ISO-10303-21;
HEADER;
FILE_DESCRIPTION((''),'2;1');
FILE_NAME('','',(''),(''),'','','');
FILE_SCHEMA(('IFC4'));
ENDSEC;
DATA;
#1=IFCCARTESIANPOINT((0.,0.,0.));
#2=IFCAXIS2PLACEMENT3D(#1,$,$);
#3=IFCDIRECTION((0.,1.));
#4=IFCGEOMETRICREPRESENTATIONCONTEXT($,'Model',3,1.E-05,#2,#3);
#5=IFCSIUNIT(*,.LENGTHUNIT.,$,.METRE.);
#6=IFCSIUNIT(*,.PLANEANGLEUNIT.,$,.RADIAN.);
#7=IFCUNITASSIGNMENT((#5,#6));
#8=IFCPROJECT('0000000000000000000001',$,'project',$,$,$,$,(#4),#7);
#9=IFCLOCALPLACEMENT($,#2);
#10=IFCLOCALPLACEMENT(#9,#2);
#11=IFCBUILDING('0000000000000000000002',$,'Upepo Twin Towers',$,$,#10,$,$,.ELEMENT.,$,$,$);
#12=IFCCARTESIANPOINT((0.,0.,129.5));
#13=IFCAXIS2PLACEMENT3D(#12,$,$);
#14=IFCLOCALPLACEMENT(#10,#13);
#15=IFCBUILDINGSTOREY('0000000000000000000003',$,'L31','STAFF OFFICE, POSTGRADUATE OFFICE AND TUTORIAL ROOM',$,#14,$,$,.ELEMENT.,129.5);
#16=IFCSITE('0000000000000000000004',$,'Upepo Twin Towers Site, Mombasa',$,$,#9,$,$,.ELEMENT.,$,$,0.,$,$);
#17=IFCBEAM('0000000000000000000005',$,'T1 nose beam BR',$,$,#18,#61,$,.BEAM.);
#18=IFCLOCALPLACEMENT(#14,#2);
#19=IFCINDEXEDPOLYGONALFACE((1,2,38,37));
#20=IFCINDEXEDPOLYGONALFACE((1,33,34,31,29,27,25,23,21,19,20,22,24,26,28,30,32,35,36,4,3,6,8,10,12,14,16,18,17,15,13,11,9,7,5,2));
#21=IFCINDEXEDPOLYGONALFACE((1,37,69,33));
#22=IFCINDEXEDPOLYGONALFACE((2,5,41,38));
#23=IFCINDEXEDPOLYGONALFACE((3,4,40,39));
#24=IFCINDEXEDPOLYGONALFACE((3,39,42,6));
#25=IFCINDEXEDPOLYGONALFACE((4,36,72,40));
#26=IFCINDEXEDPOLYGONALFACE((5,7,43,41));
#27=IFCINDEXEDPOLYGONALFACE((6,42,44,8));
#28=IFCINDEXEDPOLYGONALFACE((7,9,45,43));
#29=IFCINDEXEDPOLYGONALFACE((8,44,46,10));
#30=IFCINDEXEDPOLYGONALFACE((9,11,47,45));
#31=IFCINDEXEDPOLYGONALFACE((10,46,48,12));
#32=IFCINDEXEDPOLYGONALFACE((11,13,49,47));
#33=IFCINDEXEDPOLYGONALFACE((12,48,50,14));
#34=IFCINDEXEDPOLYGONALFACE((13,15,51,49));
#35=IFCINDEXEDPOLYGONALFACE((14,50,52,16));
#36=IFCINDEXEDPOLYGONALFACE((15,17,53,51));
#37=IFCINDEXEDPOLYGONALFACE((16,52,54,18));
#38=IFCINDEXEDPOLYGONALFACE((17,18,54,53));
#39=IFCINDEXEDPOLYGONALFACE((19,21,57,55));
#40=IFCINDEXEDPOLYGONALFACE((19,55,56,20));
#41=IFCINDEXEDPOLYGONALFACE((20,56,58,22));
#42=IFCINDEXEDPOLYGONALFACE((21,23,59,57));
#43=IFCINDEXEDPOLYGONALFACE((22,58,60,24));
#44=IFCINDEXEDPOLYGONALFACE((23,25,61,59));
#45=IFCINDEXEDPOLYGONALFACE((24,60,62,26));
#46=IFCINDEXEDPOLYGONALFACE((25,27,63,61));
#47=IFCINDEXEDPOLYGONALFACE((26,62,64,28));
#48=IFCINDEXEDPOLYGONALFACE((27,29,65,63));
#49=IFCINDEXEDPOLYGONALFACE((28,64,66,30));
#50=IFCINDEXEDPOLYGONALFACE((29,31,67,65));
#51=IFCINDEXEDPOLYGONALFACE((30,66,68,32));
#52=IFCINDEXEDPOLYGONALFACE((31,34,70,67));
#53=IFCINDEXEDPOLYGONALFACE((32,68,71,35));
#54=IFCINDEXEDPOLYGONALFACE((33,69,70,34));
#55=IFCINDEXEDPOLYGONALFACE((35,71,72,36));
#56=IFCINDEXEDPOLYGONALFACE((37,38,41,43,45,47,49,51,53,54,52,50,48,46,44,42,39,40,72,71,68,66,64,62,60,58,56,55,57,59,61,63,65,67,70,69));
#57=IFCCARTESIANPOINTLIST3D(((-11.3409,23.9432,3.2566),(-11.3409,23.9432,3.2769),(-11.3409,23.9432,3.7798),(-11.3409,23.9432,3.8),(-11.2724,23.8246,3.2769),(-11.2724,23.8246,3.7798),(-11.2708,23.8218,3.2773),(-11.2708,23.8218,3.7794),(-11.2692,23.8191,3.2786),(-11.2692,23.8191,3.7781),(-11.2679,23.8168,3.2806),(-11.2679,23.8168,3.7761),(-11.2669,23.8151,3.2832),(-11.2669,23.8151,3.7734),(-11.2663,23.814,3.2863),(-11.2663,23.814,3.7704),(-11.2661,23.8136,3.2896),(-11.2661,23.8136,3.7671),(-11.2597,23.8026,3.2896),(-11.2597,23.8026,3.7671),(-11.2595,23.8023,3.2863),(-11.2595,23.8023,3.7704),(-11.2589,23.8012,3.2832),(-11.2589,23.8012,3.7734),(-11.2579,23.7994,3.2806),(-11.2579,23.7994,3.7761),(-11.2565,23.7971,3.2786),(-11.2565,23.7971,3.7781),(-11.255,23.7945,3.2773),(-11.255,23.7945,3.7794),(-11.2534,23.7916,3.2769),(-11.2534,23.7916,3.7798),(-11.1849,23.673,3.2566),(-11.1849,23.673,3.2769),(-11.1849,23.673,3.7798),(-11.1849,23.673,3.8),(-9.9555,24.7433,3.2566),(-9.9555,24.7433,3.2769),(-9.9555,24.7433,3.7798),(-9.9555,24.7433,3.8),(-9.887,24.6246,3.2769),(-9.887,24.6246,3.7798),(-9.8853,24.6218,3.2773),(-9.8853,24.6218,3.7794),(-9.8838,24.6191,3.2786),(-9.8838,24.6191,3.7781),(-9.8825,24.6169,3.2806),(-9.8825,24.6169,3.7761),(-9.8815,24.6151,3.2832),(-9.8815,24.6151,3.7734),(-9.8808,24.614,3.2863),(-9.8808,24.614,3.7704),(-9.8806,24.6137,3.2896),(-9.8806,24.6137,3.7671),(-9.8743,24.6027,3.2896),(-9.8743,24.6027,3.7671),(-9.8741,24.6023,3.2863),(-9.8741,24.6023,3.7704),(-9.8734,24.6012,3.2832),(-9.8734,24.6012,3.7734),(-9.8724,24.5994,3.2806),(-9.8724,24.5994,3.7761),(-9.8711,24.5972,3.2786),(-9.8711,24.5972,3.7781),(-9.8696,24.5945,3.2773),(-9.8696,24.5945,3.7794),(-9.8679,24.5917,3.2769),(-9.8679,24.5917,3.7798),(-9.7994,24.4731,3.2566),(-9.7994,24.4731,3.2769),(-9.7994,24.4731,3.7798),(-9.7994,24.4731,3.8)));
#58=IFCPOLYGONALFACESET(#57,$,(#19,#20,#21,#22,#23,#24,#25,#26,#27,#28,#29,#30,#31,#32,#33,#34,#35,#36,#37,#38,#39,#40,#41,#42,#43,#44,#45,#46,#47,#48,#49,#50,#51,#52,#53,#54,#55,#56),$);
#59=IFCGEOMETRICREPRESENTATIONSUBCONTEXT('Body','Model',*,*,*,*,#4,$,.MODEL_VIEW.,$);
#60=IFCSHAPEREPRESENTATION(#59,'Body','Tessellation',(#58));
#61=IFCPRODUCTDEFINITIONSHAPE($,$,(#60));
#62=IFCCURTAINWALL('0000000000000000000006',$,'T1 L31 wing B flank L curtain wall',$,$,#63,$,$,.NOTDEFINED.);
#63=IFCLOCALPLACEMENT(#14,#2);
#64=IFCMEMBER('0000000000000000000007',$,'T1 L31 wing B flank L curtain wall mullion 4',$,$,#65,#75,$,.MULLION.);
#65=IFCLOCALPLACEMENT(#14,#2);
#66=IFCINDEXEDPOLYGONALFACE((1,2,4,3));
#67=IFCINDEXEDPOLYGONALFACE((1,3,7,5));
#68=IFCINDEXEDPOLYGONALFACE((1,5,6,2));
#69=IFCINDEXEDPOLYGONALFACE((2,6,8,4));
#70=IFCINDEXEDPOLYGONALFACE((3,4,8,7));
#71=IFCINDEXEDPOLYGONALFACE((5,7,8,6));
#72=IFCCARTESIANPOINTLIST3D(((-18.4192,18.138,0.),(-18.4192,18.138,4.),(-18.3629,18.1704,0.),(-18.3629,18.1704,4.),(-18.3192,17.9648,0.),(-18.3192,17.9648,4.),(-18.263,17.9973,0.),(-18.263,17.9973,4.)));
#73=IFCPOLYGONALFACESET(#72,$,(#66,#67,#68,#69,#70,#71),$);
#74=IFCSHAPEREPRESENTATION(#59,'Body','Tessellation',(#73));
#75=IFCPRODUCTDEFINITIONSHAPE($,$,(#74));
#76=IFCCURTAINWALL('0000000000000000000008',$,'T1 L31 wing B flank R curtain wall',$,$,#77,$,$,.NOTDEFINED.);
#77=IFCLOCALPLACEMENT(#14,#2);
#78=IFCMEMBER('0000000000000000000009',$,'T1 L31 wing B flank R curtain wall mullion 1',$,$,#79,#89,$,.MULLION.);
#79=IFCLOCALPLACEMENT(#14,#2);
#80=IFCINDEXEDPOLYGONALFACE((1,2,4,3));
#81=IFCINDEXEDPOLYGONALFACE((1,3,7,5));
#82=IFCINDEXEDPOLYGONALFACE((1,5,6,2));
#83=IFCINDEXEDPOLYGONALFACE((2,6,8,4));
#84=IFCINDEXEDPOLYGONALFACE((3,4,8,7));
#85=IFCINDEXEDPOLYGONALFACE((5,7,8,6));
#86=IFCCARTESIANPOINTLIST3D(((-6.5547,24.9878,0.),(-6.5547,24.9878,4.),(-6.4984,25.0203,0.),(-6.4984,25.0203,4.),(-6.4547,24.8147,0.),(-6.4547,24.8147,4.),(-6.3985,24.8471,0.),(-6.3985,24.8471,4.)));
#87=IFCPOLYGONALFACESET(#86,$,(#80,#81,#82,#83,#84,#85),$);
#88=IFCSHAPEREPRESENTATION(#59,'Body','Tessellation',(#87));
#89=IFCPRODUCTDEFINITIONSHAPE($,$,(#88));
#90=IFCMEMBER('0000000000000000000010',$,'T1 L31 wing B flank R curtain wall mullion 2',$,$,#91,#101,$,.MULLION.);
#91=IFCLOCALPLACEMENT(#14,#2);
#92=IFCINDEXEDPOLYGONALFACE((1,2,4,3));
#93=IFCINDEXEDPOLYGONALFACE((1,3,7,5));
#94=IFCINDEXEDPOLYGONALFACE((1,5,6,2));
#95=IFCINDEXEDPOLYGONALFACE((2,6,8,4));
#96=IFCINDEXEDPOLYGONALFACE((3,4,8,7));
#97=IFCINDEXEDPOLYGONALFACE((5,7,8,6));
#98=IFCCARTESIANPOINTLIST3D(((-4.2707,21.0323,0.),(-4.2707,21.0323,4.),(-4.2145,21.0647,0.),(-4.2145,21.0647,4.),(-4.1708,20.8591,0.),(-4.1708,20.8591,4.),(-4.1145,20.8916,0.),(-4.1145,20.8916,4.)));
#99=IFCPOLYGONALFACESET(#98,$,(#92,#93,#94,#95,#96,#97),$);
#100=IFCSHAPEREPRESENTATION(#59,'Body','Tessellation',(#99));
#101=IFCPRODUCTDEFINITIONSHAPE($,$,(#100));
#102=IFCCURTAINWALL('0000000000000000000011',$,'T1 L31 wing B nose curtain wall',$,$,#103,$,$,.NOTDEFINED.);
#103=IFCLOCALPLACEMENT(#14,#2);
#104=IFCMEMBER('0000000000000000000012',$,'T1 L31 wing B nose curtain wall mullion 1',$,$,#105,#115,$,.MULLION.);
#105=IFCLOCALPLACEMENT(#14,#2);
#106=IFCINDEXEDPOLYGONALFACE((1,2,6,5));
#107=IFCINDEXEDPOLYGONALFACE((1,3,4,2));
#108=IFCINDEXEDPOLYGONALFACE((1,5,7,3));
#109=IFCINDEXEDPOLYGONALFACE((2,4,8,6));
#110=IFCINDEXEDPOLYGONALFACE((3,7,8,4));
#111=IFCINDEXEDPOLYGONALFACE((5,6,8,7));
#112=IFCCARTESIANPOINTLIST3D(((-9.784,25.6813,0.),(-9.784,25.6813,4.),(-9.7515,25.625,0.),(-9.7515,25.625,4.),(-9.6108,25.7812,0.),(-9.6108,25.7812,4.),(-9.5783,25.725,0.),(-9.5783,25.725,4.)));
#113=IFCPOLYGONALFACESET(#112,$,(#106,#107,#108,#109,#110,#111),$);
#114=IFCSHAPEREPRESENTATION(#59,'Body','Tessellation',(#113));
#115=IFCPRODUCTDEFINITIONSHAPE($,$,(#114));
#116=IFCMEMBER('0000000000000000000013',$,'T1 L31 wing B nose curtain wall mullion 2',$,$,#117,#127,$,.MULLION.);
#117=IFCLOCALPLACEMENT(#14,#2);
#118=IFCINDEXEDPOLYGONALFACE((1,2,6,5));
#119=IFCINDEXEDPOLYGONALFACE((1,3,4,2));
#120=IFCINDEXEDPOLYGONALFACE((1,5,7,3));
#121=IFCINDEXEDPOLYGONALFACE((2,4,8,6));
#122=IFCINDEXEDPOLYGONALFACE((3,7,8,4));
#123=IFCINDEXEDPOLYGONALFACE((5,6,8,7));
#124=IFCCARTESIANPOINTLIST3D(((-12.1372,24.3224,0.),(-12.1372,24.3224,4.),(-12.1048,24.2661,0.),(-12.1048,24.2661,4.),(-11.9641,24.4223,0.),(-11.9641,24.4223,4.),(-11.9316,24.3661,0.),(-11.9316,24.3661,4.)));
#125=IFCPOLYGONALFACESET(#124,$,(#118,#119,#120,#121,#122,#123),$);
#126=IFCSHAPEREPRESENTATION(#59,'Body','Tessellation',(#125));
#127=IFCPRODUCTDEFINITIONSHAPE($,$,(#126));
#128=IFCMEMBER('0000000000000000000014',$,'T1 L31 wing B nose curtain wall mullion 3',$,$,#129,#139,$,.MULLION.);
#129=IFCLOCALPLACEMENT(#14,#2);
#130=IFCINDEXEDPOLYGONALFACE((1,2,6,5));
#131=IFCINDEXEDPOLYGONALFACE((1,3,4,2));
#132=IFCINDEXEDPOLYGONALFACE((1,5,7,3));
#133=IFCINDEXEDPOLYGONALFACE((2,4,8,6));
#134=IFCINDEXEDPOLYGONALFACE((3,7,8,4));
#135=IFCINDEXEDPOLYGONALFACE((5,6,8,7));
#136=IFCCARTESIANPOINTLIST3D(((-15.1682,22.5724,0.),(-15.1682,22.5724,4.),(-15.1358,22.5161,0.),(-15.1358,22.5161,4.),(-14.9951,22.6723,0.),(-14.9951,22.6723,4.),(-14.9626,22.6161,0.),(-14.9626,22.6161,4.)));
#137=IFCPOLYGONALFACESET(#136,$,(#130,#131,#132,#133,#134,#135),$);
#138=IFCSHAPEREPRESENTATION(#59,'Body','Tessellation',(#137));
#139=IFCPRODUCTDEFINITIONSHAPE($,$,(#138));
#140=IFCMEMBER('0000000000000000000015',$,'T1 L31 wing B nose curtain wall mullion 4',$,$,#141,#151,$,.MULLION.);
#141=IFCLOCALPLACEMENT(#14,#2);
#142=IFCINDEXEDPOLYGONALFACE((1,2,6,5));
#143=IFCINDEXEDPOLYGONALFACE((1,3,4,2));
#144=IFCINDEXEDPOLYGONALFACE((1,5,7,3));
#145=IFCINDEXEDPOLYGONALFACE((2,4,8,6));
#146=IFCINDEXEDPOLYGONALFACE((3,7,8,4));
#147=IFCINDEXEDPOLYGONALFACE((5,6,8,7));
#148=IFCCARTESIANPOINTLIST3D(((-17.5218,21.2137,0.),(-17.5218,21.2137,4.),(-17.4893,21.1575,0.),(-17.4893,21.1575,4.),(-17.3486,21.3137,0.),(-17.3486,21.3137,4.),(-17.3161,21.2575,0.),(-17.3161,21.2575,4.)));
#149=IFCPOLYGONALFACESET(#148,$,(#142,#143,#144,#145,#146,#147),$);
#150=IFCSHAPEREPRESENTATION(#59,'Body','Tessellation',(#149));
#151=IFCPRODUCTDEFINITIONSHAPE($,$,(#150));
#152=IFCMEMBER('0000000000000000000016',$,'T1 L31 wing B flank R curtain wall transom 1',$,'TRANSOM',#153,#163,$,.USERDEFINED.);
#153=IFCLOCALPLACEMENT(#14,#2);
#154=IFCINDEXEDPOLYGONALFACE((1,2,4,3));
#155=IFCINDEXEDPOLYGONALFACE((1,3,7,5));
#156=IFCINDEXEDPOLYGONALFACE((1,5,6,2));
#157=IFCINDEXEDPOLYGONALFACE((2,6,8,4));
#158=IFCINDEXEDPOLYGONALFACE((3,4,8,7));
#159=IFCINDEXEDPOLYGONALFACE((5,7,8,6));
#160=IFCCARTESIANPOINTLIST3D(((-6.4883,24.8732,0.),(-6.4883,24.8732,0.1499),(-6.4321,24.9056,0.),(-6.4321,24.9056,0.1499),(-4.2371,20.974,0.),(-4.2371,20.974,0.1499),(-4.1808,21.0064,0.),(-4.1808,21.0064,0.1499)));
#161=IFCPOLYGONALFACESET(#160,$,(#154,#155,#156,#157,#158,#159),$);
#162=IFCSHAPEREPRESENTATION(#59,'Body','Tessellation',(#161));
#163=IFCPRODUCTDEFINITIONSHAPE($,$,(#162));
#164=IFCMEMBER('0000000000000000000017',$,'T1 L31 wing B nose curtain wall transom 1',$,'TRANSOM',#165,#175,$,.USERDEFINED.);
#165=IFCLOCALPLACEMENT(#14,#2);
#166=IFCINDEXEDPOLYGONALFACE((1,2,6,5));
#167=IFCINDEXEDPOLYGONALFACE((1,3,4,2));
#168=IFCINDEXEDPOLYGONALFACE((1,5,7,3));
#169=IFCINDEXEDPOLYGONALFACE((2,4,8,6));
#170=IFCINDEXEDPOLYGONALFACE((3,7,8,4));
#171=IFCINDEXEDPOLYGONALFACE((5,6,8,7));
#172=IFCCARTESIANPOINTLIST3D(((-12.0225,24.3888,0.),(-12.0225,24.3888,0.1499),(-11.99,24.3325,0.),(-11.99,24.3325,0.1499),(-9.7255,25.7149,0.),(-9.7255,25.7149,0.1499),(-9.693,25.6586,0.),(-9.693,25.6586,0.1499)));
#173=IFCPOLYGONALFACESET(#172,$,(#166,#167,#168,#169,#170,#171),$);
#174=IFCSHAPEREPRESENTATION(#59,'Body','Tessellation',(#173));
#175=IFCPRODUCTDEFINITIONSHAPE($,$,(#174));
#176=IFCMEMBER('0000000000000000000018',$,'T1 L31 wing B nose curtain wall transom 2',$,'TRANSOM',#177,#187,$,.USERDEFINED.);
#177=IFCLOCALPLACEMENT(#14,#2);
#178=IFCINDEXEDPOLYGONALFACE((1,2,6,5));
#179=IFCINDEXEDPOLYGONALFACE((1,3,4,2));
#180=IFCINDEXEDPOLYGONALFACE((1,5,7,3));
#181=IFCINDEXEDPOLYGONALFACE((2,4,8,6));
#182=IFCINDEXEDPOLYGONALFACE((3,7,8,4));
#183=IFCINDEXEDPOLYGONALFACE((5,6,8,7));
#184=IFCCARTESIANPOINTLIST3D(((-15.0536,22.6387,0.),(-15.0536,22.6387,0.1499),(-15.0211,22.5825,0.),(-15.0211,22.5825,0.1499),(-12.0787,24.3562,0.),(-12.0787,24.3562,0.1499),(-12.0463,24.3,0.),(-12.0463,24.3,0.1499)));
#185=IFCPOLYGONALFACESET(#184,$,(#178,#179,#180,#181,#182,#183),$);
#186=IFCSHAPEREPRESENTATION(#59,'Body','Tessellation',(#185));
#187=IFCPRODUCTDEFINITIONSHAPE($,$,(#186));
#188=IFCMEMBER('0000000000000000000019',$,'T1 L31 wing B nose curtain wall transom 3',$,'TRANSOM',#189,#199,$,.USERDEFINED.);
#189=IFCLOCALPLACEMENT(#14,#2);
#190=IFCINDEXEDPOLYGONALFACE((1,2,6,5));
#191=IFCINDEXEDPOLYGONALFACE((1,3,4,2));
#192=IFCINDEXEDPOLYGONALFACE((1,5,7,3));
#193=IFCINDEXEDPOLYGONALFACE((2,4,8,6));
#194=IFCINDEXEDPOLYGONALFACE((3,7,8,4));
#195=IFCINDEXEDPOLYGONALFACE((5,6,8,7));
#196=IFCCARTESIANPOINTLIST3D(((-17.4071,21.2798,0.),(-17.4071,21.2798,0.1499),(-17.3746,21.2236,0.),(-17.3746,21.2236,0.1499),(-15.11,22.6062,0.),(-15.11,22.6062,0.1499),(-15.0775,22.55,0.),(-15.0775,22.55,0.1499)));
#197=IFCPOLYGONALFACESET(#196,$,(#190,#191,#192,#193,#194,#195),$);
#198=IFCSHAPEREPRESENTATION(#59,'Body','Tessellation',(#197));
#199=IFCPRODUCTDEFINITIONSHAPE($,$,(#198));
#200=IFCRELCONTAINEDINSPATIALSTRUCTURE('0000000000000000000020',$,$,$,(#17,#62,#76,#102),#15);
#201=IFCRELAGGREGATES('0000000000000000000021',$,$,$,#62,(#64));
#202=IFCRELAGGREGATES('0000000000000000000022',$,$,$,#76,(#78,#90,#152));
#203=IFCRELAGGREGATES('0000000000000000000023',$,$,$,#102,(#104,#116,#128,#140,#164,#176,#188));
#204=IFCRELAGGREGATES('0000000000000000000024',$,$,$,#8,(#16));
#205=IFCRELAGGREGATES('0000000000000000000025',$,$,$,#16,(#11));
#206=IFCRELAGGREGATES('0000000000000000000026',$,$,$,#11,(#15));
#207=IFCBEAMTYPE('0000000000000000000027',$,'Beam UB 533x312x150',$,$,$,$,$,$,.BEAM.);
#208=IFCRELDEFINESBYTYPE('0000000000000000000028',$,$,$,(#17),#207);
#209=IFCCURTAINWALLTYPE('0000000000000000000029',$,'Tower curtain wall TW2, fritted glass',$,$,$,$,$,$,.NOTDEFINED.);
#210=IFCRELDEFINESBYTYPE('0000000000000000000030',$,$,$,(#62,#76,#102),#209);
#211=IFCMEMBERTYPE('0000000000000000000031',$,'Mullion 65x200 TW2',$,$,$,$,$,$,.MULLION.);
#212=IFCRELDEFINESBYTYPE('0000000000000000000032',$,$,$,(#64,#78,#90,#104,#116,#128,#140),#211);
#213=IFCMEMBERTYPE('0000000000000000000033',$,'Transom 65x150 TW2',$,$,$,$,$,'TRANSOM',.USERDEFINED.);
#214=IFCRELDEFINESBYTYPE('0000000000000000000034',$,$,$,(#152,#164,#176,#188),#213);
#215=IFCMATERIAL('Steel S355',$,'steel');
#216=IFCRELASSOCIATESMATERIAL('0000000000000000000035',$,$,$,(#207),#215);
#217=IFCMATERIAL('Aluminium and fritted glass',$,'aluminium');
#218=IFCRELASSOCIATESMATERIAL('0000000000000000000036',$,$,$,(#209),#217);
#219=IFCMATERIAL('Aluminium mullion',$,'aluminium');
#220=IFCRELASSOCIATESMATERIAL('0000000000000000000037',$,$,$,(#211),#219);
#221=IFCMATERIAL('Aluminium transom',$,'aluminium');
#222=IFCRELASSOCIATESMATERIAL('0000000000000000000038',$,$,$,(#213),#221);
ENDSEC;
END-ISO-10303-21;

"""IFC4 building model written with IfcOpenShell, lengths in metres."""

from ifc_helpers import new_model, si_unit, direction, frame, origin, origin_2d, place, context, subcontext, project, spatial, rectangle, i_section, extrude, material, material_profile, profile_set, type_object, element, aggregate, save


model = new_model("IFC4")

# Units and contexts
model_context = context("Model", 3, precision=1e-05, world=origin(), true_north=direction((0.0, 1.0)))
body_context = subcontext(model_context, "Body", "Model", "MODEL_VIEW")
ifc_project = project(units=[si_unit("LENGTHUNIT", "METRE"), si_unit("PLANEANGLEUNIT", "RADIAN")], contexts=[model_context])

# Site, building, storey
site_placement = place(None, origin())
site = spatial("IfcSite", under=ifc_project, at=site_placement, Name="Upepo Twin Towers Site, Mombasa", CompositionType="ELEMENT", RefElevation=0.0)
building_placement = place(site_placement, origin())
building = spatial("IfcBuilding", under=site, at=building_placement, Name="Upepo Twin Towers", CompositionType="ELEMENT")
storey_placement = place(building_placement, frame((0.0, 0.0, 129.5)))
storey = spatial("IfcBuildingStorey", under=building, at=storey_placement, Name="L31", Description="STAFF OFFICE, POSTGRADUATE OFFICE AND TUTORIAL ROOM", CompositionType="ELEMENT", Elevation=129.5)

# Beam
ifc_material_1 = material(Name="Steel S355", Category="steel")
ifc_material_profile_1 = material_profile(ifc_material_1, i_section(OverallWidth=0.312, OverallDepth=0.5435, WebThickness=0.0127, FlangeThickness=0.0203, FilletRadius=0.0127, at=origin_2d()), Name="UB 533x312x150")
ifc_profile_set_1 = profile_set([ifc_material_profile_1], Name="Steel S355")
beam_type_1 = type_object("IfcBeamType", Name="Beam UB 533x312x150", PredefinedType="BEAM", material=ifc_profile_set_1)
for number, where, z_axis, x_axis, name in (
    (1, (-9.8774, 24.6082, 3.5283), (-0.86599, -0.500061, 0.0), (0.500061, -0.86599, 0.0), "T1 nose beam BR"),
):
    element("IfcBeam", number, at=place(storey_placement, frame(where, z_axis=z_axis, x_axis=x_axis)), inside=storey, type_object=beam_type_1, Name=name, PredefinedType="BEAM", context=body_context, shape_type="SweptSolid", body=[
        extrude(i_section(OverallWidth=0.312, OverallDepth=0.5435, WebThickness=0.0127, FlangeThickness=0.0203, FilletRadius=0.0127, at=origin_2d()), origin(), (0.0, 0.0, 1.0), 1.5999),
    ])

# Curtain wall, member
ifc_material_2 = material(Name="Aluminium and fritted glass", Category="aluminium")
curtain_wall_type = type_object("IfcCurtainWallType", Name="Tower curtain wall TW2, fritted glass", PredefinedType="NOTDEFINED", material=ifc_material_2)
curtain_wall_1_placement = place(storey_placement, origin())
curtain_wall_1 = element("IfcCurtainWall", 2, at=curtain_wall_1_placement, inside=storey, type_object=curtain_wall_type, Name="T1 L31 wing B flank L curtain wall", PredefinedType="NOTDEFINED")
ifc_material_3 = material(Name="Aluminium mullion", Category="aluminium")
ifc_material_profile_2 = material_profile(ifc_material_3, rectangle(XDim=0.0649, YDim=0.2, at=origin_2d()), Name="MULLION 65x200")
ifc_profile_set_2 = profile_set([ifc_material_profile_2], Name="Aluminium mullion")
member_type_1 = type_object("IfcMemberType", Name="Mullion 65x200 TW2", PredefinedType="MULLION", material=ifc_profile_set_2)
member_1_placement = place(storey_placement, frame((-18.3411, 18.0676, 0.0), z_axis=(0.0, 0.0, 1.0), x_axis=(-0.866025, -0.5, 0.0)))
member_1 = element("IfcMember", 3, at=member_1_placement, type_object=member_type_1, Name="T1 L31 wing B flank L curtain wall mullion 4", PredefinedType="MULLION", context=body_context, shape_type="SweptSolid", body=[
    extrude(rectangle(XDim=0.0649, YDim=0.2, at=origin_2d()), origin(), (0.0, 0.0, 1.0), 4.0),
])
aggregate(curtain_wall_1, [member_1])

# Curtain walls, members
curtain_wall_2_placement = place(storey_placement, origin())
curtain_wall_2 = element("IfcCurtainWall", 4, at=curtain_wall_2_placement, inside=storey, type_object=curtain_wall_type, Name="T1 L31 wing B flank R curtain wall", PredefinedType="NOTDEFINED")
member_2_placement = place(storey_placement, frame((-6.4766, 24.9175, 0.0), z_axis=(0.0, 0.0, 1.0), x_axis=(0.866025, 0.5, 0.0)))
member_2 = element("IfcMember", 5, at=member_2_placement, type_object=member_type_1, Name="T1 L31 wing B flank R curtain wall mullion 1", PredefinedType="MULLION", context=body_context, shape_type="SweptSolid", body=[
    extrude(rectangle(XDim=0.0649, YDim=0.2, at=origin_2d()), origin(), (0.0, 0.0, 1.0), 4.0),
])
member_3_placement = place(storey_placement, frame((-4.1926, 20.9619, 0.0), z_axis=(0.0, 0.0, 1.0), x_axis=(0.866025, 0.5, 0.0)))
member_3 = element("IfcMember", 6, at=member_3_placement, type_object=member_type_1, Name="T1 L31 wing B flank R curtain wall mullion 2", PredefinedType="MULLION", context=body_context, shape_type="SweptSolid", body=[
    extrude(rectangle(XDim=0.0649, YDim=0.2, at=origin_2d()), origin(), (0.0, 0.0, 1.0), 4.0),
])
curtain_wall_3_placement = place(storey_placement, origin())
curtain_wall_3 = element("IfcCurtainWall", 7, at=curtain_wall_3_placement, inside=storey, type_object=curtain_wall_type, Name="T1 L31 wing B nose curtain wall", PredefinedType="NOTDEFINED")
member_4_placement = place(storey_placement, frame((-9.6812, 25.7031, 0.0), z_axis=(0.0, 0.0, 1.0), x_axis=(0.5, -0.866025, 0.0)))
member_4 = element("IfcMember", 8, at=member_4_placement, type_object=member_type_1, Name="T1 L31 wing B nose curtain wall mullion 1", PredefinedType="MULLION", context=body_context, shape_type="SweptSolid", body=[
    extrude(rectangle(XDim=0.0649, YDim=0.2, at=origin_2d()), origin(), (0.0, 0.0, 1.0), 4.0),
])
member_5_placement = place(storey_placement, frame((-12.0344, 24.3442, 0.0), z_axis=(0.0, 0.0, 1.0), x_axis=(0.5, -0.866025, 0.0)))
member_5 = element("IfcMember", 9, at=member_5_placement, type_object=member_type_1, Name="T1 L31 wing B nose curtain wall mullion 2", PredefinedType="MULLION", context=body_context, shape_type="SweptSolid", body=[
    extrude(rectangle(XDim=0.0649, YDim=0.2, at=origin_2d()), origin(), (0.0, 0.0, 1.0), 4.0),
])
member_6_placement = place(storey_placement, frame((-15.0654, 22.5942, 0.0), z_axis=(0.0, 0.0, 1.0), x_axis=(0.5, -0.866025, 0.0)))
member_6 = element("IfcMember", 10, at=member_6_placement, type_object=member_type_1, Name="T1 L31 wing B nose curtain wall mullion 3", PredefinedType="MULLION", context=body_context, shape_type="SweptSolid", body=[
    extrude(rectangle(XDim=0.0649, YDim=0.2, at=origin_2d()), origin(), (0.0, 0.0, 1.0), 4.0),
])
member_7_placement = place(storey_placement, frame((-17.4189, 21.2356, 0.0), z_axis=(0.0, 0.0, 1.0), x_axis=(0.5, -0.866025, 0.0)))
member_7 = element("IfcMember", 11, at=member_7_placement, type_object=member_type_1, Name="T1 L31 wing B nose curtain wall mullion 4", PredefinedType="MULLION", context=body_context, shape_type="SweptSolid", body=[
    extrude(rectangle(XDim=0.0649, YDim=0.2, at=origin_2d()), origin(), (0.0, 0.0, 1.0), 4.0),
])

# Members
ifc_material_4 = material(Name="Aluminium transom", Category="aluminium")
ifc_material_profile_3 = material_profile(ifc_material_4, rectangle(XDim=0.0649, YDim=0.1499, at=origin_2d()), Name="TRANSOM 65x150")
ifc_profile_set_3 = profile_set([ifc_material_profile_3], Name="Aluminium transom")
member_type_2 = type_object("IfcMemberType", Name="Transom 65x150 TW2", ElementType="TRANSOM", PredefinedType="USERDEFINED", material=ifc_profile_set_3)
member_8_placement = place(storey_placement, frame((-6.4602, 24.8894, 0.075), z_axis=(0.500006, -0.866022, 0.0), x_axis=(0.866022, 0.500006, 0.0)))
member_8 = element("IfcMember", 12, at=member_8_placement, type_object=member_type_2, Name="T1 L31 wing B flank R curtain wall transom 1", ObjectType="TRANSOM", PredefinedType="USERDEFINED", context=body_context, shape_type="SweptSolid", body=[
    extrude(rectangle(XDim=0.0649, YDim=0.1499, at=origin_2d()), origin(), (0.0, 0.0, 1.0), 4.5024),
])
member_9_placement = place(storey_placement, frame((-9.7092, 25.6868, 0.075), z_axis=(-0.866037, -0.49998, 0.0), x_axis=(0.49998, -0.866037, 0.0)))
member_9 = element("IfcMember", 13, at=member_9_placement, type_object=member_type_2, Name="T1 L31 wing B nose curtain wall transom 1", ObjectType="TRANSOM", PredefinedType="USERDEFINED", context=body_context, shape_type="SweptSolid", body=[
    extrude(rectangle(XDim=0.0649, YDim=0.1499, at=origin_2d()), origin(), (0.0, 0.0, 1.0), 2.6523),
])
member_10_placement = place(storey_placement, frame((-12.0625, 24.3281, 0.075), z_axis=(-0.866026, -0.499999, 0.0), x_axis=(0.499999, -0.866026, 0.0)))
member_10 = element("IfcMember", 14, at=member_10_placement, type_object=member_type_2, Name="T1 L31 wing B nose curtain wall transom 2", ObjectType="TRANSOM", PredefinedType="USERDEFINED", context=body_context, shape_type="SweptSolid", body=[
    extrude(rectangle(XDim=0.0649, YDim=0.1499, at=origin_2d()), origin(), (0.0, 0.0, 1.0), 3.4351),
])
member_11_placement = place(storey_placement, frame((-15.0938, 22.5781, 0.075), z_axis=(-0.865997, -0.500049, 0.0), x_axis=(0.500049, -0.865997, 0.0)))
member_11 = element("IfcMember", 15, at=member_11_placement, type_object=member_type_2, Name="T1 L31 wing B nose curtain wall transom 3", ObjectType="TRANSOM", PredefinedType="USERDEFINED", context=body_context, shape_type="SweptSolid", body=[
    extrude(rectangle(XDim=0.0649, YDim=0.1499, at=origin_2d()), origin(), (0.0, 0.0, 1.0), 2.6526),
])

aggregate(curtain_wall_2, [member_2, member_3, member_8])
aggregate(curtain_wall_3, [member_4, member_5, member_6, member_7, member_9, member_10, member_11])

save(model, "model.ifc")
